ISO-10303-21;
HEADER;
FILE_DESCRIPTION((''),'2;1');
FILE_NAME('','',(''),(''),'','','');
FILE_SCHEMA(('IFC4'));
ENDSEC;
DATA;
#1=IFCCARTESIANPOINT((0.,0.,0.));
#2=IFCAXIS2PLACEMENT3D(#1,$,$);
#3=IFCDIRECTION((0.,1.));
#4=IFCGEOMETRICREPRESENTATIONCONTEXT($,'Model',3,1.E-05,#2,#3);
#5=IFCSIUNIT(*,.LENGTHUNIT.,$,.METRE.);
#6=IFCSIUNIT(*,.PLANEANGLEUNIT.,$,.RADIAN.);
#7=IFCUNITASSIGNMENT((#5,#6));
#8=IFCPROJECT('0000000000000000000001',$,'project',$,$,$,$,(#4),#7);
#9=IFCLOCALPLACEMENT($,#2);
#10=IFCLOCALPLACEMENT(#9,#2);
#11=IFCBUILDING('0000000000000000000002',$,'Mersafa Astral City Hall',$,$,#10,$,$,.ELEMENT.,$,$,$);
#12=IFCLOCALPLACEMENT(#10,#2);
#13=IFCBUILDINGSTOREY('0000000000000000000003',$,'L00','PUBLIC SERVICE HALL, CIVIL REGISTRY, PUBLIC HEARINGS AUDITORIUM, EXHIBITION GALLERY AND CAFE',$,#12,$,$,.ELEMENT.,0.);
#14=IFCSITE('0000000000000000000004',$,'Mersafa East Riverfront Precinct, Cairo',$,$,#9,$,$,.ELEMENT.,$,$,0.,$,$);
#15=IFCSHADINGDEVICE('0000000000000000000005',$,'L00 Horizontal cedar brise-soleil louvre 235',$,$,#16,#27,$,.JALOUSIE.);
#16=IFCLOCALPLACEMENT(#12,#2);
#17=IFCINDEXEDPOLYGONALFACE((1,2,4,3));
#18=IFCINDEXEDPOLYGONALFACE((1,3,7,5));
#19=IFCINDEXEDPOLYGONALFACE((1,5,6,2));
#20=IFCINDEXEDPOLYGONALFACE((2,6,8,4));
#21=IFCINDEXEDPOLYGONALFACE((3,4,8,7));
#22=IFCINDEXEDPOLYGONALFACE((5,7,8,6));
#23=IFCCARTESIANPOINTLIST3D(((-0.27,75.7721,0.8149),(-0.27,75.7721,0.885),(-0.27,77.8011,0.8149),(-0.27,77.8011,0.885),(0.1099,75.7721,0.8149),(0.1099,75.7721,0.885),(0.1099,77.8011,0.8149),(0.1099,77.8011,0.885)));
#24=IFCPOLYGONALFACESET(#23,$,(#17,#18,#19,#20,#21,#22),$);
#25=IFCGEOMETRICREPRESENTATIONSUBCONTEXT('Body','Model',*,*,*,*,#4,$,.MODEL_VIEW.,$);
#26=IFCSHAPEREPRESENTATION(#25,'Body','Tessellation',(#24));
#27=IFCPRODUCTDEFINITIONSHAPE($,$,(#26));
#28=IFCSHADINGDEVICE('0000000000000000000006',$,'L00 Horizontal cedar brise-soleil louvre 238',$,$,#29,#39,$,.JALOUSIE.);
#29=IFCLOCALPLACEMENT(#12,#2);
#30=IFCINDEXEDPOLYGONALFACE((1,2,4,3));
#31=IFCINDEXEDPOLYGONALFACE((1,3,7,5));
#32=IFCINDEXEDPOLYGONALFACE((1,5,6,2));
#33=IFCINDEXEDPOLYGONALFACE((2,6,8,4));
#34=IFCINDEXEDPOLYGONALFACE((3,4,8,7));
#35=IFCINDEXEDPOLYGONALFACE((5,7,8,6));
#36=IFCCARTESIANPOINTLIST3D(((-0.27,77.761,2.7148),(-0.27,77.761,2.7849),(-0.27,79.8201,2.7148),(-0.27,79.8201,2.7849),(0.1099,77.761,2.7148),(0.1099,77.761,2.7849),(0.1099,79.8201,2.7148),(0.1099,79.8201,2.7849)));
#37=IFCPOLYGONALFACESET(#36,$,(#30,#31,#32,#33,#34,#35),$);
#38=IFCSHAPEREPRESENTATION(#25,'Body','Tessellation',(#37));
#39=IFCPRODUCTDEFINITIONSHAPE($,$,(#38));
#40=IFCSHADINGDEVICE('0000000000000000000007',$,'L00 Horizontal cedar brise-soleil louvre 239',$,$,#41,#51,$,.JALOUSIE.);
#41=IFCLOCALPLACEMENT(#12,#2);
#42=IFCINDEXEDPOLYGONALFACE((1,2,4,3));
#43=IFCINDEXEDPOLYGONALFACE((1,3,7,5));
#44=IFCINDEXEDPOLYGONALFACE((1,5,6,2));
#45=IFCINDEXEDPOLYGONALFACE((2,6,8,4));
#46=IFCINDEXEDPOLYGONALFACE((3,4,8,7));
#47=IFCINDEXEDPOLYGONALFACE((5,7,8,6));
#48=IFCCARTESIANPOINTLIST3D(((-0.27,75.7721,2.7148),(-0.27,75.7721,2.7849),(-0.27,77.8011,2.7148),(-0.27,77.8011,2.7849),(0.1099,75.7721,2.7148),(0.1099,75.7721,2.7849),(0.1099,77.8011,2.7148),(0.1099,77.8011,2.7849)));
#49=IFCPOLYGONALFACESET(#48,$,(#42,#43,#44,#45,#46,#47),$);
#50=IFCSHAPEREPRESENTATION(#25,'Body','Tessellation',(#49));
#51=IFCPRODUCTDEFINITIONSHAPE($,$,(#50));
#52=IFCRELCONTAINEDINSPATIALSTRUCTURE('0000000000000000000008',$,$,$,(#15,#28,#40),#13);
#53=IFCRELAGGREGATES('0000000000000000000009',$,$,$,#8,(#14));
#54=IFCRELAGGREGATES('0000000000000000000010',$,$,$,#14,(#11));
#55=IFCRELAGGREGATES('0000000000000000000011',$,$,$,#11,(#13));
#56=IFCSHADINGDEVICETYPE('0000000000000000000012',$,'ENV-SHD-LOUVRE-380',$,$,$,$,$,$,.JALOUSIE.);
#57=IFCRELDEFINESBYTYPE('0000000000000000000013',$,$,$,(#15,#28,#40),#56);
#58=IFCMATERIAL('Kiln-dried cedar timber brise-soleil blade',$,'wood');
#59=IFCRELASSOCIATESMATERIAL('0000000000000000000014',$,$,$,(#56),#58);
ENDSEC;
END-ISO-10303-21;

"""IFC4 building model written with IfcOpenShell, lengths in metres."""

from ifc_helpers import new_model, si_unit, direction, frame, origin, origin_2d, place, context, subcontext, project, spatial, rectangle, extrude, material, type_object, element, save


model = new_model("IFC4")

# Units and contexts
model_context = context("Model", 3, precision=1e-05, world=origin(), true_north=direction((0.0, 1.0)))
body_context = subcontext(model_context, "Body", "Model", "MODEL_VIEW")
ifc_project = project(units=[si_unit("LENGTHUNIT", "METRE"), si_unit("PLANEANGLEUNIT", "RADIAN")], contexts=[model_context])

# Site, building, storey
site_placement = place(None, origin())
site = spatial("IfcSite", under=ifc_project, at=site_placement, Name="Mersafa East Riverfront Precinct, Cairo", CompositionType="ELEMENT", RefElevation=0.0)
building_placement = place(site_placement, origin())
building = spatial("IfcBuilding", under=site, at=building_placement, Name="Mersafa Astral City Hall", CompositionType="ELEMENT")
storey_placement = place(building_placement, origin())
storey = spatial("IfcBuildingStorey", under=building, at=storey_placement, Name="L00", Description="PUBLIC SERVICE HALL, CIVIL REGISTRY, PUBLIC HEARINGS AUDITORIUM, EXHIBITION GALLERY AND CAFE", CompositionType="ELEMENT", Elevation=0.0)

# Shading devices
ifc_material_1 = material(Name="Kiln-dried cedar timber brise-soleil blade", Category="wood")
shading_device_type = type_object("IfcShadingDeviceType", Name="ENV-SHD-LOUVRE-380", PredefinedType="JALOUSIE", material=ifc_material_1)
shading_device_1_placement = place(storey_placement, frame((-0.0801, 76.7866, 0.8149), z_axis=(0.0, 0.0, 1.0), x_axis=(0.0, -1.0, 0.0)))
element("IfcShadingDevice", 1, at=shading_device_1_placement, inside=storey, type_object=shading_device_type, Name="L00 Horizontal cedar brise-soleil louvre 235", PredefinedType="JALOUSIE", context=body_context, shape_type="SweptSolid", body=[
    extrude(rectangle(XDim=2.0291, YDim=0.3799, at=origin_2d()), origin(), (0.0, 0.0, 1.0), 0.0701),
])
shading_device_2_placement = place(storey_placement, frame((-0.0801, 78.7905, 2.7148), z_axis=(0.0, 0.0, 1.0), x_axis=(0.0, -1.0, 0.0)))
element("IfcShadingDevice", 2, at=shading_device_2_placement, inside=storey, type_object=shading_device_type, Name="L00 Horizontal cedar brise-soleil louvre 238", PredefinedType="JALOUSIE", context=body_context, shape_type="SweptSolid", body=[
    extrude(rectangle(XDim=2.0591, YDim=0.3799, at=origin_2d()), origin(), (0.0, 0.0, 1.0), 0.0701),
])
shading_device_3_placement = place(storey_placement, frame((-0.0801, 76.7866, 2.7148), z_axis=(0.0, 0.0, 1.0), x_axis=(0.0, -1.0, 0.0)))
element("IfcShadingDevice", 3, at=shading_device_3_placement, inside=storey, type_object=shading_device_type, Name="L00 Horizontal cedar brise-soleil louvre 239", PredefinedType="JALOUSIE", context=body_context, shape_type="SweptSolid", body=[
    extrude(rectangle(XDim=2.0291, YDim=0.3799, at=origin_2d()), origin(), (0.0, 0.0, 1.0), 0.0701),
])

save(model, "model.ifc")
